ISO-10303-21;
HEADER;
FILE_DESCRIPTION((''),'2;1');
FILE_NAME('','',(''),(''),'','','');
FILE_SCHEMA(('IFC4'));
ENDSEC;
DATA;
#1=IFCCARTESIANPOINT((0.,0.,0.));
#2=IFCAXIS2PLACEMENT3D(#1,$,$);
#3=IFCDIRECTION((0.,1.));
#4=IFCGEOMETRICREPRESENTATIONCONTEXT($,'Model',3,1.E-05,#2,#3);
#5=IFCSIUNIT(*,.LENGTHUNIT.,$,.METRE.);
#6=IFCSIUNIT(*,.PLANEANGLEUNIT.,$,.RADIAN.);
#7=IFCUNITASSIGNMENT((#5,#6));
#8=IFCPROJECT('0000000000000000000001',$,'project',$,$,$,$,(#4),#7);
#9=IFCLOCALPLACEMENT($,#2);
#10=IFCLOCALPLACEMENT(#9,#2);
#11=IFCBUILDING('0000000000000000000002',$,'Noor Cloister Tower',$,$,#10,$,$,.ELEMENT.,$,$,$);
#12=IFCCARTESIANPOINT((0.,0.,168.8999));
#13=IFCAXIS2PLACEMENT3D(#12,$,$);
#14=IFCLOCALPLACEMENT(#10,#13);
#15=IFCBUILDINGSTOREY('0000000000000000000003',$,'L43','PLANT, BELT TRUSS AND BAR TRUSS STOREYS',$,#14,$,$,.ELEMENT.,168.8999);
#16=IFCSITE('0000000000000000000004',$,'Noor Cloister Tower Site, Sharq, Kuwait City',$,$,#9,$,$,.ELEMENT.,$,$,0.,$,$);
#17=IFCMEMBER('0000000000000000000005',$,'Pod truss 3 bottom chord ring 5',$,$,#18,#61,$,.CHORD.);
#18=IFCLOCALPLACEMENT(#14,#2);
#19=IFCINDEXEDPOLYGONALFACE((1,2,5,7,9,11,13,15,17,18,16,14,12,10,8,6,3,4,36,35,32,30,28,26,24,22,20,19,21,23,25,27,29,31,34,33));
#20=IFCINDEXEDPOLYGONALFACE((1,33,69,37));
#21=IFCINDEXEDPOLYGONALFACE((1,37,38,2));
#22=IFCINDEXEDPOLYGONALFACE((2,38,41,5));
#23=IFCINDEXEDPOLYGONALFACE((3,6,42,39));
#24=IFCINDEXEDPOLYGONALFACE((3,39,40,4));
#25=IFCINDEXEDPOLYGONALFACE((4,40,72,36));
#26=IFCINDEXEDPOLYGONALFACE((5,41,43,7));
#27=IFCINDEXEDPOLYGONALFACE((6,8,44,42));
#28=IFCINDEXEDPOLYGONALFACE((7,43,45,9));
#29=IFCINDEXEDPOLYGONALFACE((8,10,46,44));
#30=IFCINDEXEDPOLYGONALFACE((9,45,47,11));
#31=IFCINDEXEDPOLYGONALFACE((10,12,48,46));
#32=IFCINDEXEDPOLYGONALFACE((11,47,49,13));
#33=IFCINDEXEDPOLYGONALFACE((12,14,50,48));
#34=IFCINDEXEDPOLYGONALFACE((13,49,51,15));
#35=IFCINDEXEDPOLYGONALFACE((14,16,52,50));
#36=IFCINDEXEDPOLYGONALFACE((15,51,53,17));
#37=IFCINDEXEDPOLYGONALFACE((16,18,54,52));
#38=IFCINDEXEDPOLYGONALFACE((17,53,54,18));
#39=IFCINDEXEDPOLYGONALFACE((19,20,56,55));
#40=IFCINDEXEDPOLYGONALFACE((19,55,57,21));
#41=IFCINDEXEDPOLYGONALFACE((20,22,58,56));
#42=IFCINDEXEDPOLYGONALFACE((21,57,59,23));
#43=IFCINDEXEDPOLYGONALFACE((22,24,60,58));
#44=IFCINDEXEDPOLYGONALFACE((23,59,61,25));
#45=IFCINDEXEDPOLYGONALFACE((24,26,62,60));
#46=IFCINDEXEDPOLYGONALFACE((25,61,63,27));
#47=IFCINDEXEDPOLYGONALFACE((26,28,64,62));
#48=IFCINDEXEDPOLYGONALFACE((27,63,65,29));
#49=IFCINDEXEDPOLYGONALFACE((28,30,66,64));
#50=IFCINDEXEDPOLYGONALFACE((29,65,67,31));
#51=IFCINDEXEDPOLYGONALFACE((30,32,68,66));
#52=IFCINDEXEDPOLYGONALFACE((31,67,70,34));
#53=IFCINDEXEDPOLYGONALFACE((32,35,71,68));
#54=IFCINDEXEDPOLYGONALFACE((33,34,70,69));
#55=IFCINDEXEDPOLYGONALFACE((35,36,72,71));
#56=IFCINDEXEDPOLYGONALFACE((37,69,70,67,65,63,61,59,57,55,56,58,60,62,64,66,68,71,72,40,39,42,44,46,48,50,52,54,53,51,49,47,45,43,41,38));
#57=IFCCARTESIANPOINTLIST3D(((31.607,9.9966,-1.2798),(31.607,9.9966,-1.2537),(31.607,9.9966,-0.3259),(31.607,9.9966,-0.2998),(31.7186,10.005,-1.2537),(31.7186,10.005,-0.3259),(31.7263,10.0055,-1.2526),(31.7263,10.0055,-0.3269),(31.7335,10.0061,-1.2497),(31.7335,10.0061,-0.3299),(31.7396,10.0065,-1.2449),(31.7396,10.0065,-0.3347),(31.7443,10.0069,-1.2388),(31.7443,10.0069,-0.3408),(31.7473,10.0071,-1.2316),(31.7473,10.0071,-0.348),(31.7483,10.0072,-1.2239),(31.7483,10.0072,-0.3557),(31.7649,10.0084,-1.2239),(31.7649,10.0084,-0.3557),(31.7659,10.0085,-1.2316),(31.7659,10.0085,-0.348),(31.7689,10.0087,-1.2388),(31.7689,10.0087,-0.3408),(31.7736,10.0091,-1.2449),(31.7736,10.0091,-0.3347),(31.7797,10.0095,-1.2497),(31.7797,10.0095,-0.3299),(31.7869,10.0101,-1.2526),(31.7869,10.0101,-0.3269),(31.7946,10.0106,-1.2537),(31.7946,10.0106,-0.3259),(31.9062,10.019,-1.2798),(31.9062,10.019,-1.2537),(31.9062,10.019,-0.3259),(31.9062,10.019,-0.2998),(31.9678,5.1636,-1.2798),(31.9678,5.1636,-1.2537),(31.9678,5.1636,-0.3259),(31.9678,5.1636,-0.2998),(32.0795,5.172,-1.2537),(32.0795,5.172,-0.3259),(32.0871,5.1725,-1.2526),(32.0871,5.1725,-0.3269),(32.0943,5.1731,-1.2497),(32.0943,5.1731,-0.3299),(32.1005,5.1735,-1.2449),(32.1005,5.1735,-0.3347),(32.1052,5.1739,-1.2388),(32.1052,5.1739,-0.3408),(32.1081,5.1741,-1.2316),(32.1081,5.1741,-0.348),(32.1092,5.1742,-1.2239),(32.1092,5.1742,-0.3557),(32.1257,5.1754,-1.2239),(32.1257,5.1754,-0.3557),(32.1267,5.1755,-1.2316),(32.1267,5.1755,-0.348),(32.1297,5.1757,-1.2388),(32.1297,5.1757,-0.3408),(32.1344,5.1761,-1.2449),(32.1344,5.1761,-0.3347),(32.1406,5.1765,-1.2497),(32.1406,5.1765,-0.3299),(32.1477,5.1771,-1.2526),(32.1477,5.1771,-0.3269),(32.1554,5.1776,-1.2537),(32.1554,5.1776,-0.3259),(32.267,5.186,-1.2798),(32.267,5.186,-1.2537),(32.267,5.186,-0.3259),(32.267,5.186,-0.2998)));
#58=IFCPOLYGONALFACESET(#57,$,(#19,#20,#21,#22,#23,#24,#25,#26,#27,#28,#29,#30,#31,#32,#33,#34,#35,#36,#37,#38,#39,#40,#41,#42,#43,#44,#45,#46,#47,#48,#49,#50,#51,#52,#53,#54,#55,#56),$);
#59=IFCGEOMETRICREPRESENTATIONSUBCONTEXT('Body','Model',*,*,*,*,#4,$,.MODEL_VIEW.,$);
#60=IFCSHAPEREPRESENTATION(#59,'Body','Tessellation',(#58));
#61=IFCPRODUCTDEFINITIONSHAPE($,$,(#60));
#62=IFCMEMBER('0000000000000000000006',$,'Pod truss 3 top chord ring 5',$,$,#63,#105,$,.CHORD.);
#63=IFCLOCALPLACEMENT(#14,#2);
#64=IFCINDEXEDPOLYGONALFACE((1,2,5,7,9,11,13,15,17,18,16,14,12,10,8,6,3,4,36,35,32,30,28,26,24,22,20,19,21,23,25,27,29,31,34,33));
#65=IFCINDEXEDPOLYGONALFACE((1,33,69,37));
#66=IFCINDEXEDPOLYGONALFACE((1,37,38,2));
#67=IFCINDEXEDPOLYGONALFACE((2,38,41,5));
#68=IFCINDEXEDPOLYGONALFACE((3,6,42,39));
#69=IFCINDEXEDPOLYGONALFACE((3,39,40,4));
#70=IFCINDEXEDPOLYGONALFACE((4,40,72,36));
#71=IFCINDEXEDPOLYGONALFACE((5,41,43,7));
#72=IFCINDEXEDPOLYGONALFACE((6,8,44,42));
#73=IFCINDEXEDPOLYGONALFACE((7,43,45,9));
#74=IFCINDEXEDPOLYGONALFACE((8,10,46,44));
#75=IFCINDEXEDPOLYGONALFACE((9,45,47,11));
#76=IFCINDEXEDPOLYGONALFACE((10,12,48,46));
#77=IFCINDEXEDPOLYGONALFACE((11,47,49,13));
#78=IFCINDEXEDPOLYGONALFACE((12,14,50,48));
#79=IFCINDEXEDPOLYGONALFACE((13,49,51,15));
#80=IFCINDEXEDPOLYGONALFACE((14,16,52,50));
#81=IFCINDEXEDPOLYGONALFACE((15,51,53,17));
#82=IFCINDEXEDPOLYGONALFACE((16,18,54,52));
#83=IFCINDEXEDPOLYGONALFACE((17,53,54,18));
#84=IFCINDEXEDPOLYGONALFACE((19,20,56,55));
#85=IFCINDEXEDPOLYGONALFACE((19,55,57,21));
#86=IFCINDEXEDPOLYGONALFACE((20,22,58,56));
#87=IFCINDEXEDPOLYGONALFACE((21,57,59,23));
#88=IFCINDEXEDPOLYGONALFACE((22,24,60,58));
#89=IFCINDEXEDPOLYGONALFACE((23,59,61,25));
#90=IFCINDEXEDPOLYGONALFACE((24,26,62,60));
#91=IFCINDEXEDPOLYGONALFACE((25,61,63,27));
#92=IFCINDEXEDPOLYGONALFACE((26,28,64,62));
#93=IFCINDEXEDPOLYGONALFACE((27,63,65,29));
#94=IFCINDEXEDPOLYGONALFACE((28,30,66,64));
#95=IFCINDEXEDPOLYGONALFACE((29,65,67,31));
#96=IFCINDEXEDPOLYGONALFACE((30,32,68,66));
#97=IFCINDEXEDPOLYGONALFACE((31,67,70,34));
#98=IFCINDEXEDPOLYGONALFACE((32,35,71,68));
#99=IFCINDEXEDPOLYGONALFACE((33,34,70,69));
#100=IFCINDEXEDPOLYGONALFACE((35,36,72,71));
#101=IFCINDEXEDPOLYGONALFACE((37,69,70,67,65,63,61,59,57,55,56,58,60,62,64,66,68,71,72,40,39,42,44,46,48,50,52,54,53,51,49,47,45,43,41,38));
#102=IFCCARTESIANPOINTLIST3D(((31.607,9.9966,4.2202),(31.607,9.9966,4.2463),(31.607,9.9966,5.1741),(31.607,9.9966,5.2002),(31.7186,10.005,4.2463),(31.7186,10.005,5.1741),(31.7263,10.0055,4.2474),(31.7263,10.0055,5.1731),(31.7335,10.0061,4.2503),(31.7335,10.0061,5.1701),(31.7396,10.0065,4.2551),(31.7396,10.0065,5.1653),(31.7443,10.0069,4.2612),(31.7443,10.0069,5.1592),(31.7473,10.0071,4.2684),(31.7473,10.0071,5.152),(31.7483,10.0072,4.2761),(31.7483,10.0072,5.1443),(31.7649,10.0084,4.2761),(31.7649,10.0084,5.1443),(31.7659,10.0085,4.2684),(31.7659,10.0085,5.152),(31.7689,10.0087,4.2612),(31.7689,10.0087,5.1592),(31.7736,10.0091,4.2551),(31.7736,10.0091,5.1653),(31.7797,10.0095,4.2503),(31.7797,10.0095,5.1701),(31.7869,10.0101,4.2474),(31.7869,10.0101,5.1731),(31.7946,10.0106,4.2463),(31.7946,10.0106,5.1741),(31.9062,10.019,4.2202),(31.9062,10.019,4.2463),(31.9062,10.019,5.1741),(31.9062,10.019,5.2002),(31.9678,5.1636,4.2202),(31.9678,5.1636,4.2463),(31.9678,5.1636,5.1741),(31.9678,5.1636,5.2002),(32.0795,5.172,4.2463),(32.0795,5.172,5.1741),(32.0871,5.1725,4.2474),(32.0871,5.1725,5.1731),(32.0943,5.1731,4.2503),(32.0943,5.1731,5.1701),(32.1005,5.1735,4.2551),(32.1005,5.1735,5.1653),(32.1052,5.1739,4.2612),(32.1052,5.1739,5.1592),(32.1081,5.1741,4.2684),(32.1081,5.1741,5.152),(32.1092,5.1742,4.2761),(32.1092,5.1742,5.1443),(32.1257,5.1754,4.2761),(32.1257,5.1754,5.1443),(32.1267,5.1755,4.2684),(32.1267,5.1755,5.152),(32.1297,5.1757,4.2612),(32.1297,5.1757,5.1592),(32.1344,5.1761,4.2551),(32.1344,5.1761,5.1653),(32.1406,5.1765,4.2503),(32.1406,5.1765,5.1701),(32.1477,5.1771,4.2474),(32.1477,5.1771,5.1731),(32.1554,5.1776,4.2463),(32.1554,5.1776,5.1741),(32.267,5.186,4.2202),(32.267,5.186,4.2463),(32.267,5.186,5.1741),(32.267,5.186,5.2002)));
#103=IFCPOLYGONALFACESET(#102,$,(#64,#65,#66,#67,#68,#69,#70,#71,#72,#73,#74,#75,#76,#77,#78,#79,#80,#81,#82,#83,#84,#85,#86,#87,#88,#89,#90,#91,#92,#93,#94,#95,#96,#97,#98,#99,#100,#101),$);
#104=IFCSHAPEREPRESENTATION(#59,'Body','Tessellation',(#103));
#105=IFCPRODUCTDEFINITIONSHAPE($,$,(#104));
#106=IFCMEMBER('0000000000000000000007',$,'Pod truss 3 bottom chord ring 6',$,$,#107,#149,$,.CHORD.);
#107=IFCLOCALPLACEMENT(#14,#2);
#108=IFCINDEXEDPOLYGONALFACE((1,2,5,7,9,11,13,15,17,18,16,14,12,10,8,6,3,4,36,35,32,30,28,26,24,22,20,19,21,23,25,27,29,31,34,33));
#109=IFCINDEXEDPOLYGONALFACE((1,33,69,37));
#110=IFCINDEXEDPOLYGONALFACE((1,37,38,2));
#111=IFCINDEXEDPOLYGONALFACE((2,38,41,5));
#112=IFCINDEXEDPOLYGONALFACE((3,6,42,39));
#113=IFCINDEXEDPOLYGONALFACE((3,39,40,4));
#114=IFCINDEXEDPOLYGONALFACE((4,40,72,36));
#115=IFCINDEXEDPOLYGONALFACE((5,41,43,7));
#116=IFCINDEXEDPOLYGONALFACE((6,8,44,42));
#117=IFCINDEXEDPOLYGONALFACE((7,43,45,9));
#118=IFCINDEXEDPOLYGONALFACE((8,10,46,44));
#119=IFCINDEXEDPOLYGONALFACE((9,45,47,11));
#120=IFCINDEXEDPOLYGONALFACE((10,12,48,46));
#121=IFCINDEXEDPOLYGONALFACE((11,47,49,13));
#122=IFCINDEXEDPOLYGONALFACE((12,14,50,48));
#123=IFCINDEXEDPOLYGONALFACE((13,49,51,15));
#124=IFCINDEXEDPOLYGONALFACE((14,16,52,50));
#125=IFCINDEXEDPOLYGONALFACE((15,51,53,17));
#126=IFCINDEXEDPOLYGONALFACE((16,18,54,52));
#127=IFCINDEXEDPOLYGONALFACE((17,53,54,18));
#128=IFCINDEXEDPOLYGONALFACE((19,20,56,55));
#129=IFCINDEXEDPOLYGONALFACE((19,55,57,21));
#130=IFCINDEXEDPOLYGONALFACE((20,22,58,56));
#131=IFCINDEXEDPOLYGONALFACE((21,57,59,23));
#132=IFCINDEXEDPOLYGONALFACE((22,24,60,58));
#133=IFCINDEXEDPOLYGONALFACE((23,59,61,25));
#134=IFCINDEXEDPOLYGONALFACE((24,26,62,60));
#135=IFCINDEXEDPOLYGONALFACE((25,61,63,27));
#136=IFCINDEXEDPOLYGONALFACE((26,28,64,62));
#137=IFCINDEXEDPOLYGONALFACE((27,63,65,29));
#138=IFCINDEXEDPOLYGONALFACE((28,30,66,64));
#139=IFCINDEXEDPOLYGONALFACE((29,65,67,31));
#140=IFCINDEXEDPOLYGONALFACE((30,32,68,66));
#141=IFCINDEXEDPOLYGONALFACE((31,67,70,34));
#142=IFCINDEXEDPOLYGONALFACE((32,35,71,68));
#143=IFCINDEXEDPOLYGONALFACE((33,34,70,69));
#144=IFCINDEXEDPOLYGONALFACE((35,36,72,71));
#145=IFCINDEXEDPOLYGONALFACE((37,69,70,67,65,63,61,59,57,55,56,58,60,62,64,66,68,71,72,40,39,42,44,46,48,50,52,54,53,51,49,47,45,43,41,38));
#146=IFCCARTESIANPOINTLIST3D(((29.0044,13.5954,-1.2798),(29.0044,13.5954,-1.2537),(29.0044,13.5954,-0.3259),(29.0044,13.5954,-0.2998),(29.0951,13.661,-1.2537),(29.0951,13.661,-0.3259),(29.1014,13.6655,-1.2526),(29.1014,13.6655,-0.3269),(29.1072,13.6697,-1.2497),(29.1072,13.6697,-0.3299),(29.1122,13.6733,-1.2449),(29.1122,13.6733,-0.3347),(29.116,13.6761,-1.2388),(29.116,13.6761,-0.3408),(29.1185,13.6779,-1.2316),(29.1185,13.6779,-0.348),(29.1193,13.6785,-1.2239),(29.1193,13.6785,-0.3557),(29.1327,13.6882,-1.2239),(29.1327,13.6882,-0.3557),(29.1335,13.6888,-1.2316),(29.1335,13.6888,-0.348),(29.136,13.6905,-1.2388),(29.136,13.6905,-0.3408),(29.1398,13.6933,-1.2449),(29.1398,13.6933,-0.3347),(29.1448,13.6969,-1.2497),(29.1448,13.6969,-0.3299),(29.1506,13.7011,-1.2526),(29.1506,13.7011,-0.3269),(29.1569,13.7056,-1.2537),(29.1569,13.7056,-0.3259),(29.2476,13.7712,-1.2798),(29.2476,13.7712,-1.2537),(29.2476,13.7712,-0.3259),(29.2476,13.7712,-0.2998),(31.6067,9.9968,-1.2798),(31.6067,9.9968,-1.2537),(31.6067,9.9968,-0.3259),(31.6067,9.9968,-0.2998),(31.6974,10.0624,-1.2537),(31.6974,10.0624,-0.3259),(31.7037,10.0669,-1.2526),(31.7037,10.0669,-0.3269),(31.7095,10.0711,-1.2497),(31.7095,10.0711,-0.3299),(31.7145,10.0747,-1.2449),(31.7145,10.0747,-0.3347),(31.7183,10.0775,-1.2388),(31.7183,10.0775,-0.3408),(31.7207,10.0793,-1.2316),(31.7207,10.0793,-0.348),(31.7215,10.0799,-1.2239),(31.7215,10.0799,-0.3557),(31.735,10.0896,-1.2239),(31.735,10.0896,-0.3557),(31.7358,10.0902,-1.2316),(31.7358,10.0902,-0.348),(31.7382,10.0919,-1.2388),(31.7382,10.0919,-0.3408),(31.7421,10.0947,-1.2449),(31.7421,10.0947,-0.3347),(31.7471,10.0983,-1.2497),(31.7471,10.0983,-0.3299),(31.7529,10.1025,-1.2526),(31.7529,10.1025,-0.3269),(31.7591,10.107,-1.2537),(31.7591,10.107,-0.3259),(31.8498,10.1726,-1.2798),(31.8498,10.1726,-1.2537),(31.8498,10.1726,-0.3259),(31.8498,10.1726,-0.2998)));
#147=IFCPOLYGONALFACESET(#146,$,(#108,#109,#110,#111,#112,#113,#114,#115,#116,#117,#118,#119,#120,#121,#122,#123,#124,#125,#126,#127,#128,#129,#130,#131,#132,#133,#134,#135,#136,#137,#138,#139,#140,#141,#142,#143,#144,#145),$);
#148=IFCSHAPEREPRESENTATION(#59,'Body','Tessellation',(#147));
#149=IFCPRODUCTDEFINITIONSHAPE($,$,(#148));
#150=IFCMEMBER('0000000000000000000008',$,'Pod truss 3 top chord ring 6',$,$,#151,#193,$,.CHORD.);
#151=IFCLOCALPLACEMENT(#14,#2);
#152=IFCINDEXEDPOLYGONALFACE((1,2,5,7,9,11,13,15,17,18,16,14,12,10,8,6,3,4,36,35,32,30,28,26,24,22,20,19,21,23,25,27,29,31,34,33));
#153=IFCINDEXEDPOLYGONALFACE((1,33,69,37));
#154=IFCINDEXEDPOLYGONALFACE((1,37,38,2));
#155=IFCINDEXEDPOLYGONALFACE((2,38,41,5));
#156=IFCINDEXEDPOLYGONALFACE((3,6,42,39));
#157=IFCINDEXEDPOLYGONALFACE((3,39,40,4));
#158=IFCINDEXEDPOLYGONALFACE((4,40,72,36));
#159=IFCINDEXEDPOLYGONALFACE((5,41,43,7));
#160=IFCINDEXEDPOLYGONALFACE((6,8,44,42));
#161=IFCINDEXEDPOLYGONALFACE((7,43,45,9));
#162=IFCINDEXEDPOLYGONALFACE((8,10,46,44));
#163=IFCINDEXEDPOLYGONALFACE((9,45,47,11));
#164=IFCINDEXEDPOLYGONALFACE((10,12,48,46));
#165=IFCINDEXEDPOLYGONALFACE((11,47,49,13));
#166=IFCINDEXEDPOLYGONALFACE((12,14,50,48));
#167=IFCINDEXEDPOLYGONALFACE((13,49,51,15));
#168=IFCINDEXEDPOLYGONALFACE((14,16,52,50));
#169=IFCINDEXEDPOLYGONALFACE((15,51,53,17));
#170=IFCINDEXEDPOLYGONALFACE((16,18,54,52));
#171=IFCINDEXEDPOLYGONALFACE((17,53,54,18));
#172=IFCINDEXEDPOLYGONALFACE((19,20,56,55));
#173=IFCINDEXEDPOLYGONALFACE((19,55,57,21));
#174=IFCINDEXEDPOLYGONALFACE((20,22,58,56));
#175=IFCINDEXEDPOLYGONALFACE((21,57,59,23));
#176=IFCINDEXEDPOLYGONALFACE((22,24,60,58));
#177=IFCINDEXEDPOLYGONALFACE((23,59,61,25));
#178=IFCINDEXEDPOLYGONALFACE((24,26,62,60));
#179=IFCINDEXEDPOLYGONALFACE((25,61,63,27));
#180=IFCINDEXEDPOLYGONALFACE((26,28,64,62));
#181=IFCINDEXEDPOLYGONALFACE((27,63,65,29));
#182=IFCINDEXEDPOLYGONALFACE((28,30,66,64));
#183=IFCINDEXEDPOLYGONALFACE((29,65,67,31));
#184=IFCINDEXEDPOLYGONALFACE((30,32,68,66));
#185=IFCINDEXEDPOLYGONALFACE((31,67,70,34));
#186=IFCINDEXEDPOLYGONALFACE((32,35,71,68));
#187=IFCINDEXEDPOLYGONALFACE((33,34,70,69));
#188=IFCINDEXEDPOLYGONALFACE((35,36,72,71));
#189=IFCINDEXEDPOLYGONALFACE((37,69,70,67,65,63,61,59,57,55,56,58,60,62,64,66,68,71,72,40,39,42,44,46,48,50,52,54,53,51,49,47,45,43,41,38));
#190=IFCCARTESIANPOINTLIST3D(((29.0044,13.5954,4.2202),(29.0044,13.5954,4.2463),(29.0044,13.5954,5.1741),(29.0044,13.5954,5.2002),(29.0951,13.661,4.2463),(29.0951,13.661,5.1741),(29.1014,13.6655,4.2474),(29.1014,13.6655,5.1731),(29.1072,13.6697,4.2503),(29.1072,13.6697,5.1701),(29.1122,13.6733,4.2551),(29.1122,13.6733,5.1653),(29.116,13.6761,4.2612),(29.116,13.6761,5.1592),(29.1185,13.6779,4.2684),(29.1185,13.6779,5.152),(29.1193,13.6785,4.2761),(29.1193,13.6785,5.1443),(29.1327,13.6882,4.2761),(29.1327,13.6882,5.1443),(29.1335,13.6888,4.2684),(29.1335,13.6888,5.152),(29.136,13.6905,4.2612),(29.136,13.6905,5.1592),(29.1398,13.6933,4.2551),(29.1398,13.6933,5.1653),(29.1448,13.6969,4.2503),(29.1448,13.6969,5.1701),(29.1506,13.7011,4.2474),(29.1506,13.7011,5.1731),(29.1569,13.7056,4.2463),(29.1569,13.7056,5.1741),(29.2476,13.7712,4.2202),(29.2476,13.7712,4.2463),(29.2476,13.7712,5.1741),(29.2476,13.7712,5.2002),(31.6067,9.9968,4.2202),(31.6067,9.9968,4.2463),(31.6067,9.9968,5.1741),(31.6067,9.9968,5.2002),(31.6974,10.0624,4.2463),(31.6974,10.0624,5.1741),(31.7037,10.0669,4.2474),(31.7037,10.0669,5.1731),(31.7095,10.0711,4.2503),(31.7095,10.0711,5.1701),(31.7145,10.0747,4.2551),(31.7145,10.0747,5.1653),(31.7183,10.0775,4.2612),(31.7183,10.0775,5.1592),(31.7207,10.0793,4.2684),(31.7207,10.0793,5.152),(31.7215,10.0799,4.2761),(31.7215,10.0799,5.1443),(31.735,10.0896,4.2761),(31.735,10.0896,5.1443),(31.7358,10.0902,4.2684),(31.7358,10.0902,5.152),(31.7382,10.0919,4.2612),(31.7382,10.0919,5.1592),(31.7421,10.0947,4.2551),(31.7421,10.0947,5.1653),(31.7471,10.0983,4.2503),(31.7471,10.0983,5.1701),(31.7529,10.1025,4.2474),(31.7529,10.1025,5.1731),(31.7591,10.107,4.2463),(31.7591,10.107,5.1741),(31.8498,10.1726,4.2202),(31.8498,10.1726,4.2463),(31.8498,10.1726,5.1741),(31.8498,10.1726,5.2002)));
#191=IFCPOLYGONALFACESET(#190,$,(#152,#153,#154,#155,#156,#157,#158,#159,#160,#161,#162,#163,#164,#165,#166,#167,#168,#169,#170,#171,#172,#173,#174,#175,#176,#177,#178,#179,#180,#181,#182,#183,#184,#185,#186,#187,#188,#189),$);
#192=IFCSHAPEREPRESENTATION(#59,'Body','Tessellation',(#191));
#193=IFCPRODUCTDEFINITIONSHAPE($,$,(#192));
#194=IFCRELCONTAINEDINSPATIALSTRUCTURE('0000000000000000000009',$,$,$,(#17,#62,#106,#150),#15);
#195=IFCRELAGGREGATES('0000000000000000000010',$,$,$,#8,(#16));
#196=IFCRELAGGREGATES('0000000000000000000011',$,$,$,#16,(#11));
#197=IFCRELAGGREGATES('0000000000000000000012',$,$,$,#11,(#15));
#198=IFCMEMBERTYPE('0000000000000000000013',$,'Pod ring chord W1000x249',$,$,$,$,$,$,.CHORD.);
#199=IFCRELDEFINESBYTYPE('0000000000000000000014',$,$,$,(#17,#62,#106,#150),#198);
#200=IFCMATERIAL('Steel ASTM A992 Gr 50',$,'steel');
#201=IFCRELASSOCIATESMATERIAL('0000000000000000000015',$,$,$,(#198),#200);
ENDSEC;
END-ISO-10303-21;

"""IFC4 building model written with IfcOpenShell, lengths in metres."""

from ifc_helpers import new_model, si_unit, direction, frame, origin, origin_2d, place, context, subcontext, project, spatial, i_section, extrude, material, material_profile, profile_set, type_object, element, save


model = new_model("IFC4")

# Units and contexts
model_context = context("Model", 3, precision=1e-05, world=origin(), true_north=direction((0.0, 1.0)))
body_context = subcontext(model_context, "Body", "Model", "MODEL_VIEW")
ifc_project = project(units=[si_unit("LENGTHUNIT", "METRE"), si_unit("PLANEANGLEUNIT", "RADIAN")], contexts=[model_context])

# Site, building, storey
site_placement = place(None, origin())
site = spatial("IfcSite", under=ifc_project, at=site_placement, Name="Noor Cloister Tower Site, Sharq, Kuwait City", CompositionType="ELEMENT", RefElevation=0.0)
building_placement = place(site_placement, origin())
building = spatial("IfcBuilding", under=site, at=building_placement, Name="Noor Cloister Tower", CompositionType="ELEMENT")
storey_placement = place(building_placement, frame((0.0, 0.0, 168.8999)))
storey = spatial("IfcBuildingStorey", under=building, at=storey_placement, Name="L43", Description="PLANT, BELT TRUSS AND BAR TRUSS STOREYS", CompositionType="ELEMENT", Elevation=168.8999)

# Members
ifc_material_1 = material(Name="Steel ASTM A992 Gr 50", Category="steel")
ifc_material_profile_1 = material_profile(ifc_material_1, i_section(OverallWidth=0.3, OverallDepth=0.98, WebThickness=0.0166, FlangeThickness=0.0261, FilletRadius=0.0298, at=origin_2d()), Name="W1000x249")
ifc_profile_set_1 = profile_set([ifc_material_profile_1], Name="Steel ASTM A992 Gr 50")
member_type_1 = type_object("IfcMemberType", Name="Pod ring chord W1000x249", PredefinedType="CHORD", material=ifc_profile_set_1)
for number, where, z_axis, x_axis, name in (
    (1, (32.1174, 5.1748, -0.7898), (-0.074454, 0.997224, 0.0), (-0.997224, -0.074454, 0.0), "Pod truss 3 bottom chord ring 5"),
    (2, (32.1174, 5.1748, 4.7102), (-0.074454, 0.997224, 0.0), (-0.997224, -0.074454, 0.0), "Pod truss 3 top chord ring 5"),
):
    element("IfcMember", number, at=place(storey_placement, frame(where, z_axis=z_axis, x_axis=x_axis)), inside=storey, type_object=member_type_1, Name=name, PredefinedType="CHORD", context=body_context, shape_type="SweptSolid", body=[
        extrude(i_section(OverallWidth=0.3, OverallDepth=0.98, WebThickness=0.0166, FlangeThickness=0.0261, FilletRadius=0.0298, at=origin_2d()), origin(), (0.0, 0.0, 1.0), 4.8464),
    ])
for number, where, z_axis, x_axis, name in (
    (3, (31.7283, 10.0847, -0.7898), (-0.585976, 0.810328, 0.0), (-0.810328, -0.585976, 0.0), "Pod truss 3 bottom chord ring 6"),
    (4, (31.7283, 10.0847, 4.7102), (-0.585976, 0.810328, 0.0), (-0.810328, -0.585976, 0.0), "Pod truss 3 top chord ring 6"),
):
    element("IfcMember", number, at=place(storey_placement, frame(where, z_axis=z_axis, x_axis=x_axis)), inside=storey, type_object=member_type_1, Name=name, PredefinedType="CHORD", context=body_context, shape_type="SweptSolid", body=[
        extrude(i_section(OverallWidth=0.3, OverallDepth=0.98, WebThickness=0.0166, FlangeThickness=0.0261, FilletRadius=0.0298, at=origin_2d()), origin(), (0.0, 0.0, 1.0), 4.4409),
    ])

save(model, "model.ifc")
